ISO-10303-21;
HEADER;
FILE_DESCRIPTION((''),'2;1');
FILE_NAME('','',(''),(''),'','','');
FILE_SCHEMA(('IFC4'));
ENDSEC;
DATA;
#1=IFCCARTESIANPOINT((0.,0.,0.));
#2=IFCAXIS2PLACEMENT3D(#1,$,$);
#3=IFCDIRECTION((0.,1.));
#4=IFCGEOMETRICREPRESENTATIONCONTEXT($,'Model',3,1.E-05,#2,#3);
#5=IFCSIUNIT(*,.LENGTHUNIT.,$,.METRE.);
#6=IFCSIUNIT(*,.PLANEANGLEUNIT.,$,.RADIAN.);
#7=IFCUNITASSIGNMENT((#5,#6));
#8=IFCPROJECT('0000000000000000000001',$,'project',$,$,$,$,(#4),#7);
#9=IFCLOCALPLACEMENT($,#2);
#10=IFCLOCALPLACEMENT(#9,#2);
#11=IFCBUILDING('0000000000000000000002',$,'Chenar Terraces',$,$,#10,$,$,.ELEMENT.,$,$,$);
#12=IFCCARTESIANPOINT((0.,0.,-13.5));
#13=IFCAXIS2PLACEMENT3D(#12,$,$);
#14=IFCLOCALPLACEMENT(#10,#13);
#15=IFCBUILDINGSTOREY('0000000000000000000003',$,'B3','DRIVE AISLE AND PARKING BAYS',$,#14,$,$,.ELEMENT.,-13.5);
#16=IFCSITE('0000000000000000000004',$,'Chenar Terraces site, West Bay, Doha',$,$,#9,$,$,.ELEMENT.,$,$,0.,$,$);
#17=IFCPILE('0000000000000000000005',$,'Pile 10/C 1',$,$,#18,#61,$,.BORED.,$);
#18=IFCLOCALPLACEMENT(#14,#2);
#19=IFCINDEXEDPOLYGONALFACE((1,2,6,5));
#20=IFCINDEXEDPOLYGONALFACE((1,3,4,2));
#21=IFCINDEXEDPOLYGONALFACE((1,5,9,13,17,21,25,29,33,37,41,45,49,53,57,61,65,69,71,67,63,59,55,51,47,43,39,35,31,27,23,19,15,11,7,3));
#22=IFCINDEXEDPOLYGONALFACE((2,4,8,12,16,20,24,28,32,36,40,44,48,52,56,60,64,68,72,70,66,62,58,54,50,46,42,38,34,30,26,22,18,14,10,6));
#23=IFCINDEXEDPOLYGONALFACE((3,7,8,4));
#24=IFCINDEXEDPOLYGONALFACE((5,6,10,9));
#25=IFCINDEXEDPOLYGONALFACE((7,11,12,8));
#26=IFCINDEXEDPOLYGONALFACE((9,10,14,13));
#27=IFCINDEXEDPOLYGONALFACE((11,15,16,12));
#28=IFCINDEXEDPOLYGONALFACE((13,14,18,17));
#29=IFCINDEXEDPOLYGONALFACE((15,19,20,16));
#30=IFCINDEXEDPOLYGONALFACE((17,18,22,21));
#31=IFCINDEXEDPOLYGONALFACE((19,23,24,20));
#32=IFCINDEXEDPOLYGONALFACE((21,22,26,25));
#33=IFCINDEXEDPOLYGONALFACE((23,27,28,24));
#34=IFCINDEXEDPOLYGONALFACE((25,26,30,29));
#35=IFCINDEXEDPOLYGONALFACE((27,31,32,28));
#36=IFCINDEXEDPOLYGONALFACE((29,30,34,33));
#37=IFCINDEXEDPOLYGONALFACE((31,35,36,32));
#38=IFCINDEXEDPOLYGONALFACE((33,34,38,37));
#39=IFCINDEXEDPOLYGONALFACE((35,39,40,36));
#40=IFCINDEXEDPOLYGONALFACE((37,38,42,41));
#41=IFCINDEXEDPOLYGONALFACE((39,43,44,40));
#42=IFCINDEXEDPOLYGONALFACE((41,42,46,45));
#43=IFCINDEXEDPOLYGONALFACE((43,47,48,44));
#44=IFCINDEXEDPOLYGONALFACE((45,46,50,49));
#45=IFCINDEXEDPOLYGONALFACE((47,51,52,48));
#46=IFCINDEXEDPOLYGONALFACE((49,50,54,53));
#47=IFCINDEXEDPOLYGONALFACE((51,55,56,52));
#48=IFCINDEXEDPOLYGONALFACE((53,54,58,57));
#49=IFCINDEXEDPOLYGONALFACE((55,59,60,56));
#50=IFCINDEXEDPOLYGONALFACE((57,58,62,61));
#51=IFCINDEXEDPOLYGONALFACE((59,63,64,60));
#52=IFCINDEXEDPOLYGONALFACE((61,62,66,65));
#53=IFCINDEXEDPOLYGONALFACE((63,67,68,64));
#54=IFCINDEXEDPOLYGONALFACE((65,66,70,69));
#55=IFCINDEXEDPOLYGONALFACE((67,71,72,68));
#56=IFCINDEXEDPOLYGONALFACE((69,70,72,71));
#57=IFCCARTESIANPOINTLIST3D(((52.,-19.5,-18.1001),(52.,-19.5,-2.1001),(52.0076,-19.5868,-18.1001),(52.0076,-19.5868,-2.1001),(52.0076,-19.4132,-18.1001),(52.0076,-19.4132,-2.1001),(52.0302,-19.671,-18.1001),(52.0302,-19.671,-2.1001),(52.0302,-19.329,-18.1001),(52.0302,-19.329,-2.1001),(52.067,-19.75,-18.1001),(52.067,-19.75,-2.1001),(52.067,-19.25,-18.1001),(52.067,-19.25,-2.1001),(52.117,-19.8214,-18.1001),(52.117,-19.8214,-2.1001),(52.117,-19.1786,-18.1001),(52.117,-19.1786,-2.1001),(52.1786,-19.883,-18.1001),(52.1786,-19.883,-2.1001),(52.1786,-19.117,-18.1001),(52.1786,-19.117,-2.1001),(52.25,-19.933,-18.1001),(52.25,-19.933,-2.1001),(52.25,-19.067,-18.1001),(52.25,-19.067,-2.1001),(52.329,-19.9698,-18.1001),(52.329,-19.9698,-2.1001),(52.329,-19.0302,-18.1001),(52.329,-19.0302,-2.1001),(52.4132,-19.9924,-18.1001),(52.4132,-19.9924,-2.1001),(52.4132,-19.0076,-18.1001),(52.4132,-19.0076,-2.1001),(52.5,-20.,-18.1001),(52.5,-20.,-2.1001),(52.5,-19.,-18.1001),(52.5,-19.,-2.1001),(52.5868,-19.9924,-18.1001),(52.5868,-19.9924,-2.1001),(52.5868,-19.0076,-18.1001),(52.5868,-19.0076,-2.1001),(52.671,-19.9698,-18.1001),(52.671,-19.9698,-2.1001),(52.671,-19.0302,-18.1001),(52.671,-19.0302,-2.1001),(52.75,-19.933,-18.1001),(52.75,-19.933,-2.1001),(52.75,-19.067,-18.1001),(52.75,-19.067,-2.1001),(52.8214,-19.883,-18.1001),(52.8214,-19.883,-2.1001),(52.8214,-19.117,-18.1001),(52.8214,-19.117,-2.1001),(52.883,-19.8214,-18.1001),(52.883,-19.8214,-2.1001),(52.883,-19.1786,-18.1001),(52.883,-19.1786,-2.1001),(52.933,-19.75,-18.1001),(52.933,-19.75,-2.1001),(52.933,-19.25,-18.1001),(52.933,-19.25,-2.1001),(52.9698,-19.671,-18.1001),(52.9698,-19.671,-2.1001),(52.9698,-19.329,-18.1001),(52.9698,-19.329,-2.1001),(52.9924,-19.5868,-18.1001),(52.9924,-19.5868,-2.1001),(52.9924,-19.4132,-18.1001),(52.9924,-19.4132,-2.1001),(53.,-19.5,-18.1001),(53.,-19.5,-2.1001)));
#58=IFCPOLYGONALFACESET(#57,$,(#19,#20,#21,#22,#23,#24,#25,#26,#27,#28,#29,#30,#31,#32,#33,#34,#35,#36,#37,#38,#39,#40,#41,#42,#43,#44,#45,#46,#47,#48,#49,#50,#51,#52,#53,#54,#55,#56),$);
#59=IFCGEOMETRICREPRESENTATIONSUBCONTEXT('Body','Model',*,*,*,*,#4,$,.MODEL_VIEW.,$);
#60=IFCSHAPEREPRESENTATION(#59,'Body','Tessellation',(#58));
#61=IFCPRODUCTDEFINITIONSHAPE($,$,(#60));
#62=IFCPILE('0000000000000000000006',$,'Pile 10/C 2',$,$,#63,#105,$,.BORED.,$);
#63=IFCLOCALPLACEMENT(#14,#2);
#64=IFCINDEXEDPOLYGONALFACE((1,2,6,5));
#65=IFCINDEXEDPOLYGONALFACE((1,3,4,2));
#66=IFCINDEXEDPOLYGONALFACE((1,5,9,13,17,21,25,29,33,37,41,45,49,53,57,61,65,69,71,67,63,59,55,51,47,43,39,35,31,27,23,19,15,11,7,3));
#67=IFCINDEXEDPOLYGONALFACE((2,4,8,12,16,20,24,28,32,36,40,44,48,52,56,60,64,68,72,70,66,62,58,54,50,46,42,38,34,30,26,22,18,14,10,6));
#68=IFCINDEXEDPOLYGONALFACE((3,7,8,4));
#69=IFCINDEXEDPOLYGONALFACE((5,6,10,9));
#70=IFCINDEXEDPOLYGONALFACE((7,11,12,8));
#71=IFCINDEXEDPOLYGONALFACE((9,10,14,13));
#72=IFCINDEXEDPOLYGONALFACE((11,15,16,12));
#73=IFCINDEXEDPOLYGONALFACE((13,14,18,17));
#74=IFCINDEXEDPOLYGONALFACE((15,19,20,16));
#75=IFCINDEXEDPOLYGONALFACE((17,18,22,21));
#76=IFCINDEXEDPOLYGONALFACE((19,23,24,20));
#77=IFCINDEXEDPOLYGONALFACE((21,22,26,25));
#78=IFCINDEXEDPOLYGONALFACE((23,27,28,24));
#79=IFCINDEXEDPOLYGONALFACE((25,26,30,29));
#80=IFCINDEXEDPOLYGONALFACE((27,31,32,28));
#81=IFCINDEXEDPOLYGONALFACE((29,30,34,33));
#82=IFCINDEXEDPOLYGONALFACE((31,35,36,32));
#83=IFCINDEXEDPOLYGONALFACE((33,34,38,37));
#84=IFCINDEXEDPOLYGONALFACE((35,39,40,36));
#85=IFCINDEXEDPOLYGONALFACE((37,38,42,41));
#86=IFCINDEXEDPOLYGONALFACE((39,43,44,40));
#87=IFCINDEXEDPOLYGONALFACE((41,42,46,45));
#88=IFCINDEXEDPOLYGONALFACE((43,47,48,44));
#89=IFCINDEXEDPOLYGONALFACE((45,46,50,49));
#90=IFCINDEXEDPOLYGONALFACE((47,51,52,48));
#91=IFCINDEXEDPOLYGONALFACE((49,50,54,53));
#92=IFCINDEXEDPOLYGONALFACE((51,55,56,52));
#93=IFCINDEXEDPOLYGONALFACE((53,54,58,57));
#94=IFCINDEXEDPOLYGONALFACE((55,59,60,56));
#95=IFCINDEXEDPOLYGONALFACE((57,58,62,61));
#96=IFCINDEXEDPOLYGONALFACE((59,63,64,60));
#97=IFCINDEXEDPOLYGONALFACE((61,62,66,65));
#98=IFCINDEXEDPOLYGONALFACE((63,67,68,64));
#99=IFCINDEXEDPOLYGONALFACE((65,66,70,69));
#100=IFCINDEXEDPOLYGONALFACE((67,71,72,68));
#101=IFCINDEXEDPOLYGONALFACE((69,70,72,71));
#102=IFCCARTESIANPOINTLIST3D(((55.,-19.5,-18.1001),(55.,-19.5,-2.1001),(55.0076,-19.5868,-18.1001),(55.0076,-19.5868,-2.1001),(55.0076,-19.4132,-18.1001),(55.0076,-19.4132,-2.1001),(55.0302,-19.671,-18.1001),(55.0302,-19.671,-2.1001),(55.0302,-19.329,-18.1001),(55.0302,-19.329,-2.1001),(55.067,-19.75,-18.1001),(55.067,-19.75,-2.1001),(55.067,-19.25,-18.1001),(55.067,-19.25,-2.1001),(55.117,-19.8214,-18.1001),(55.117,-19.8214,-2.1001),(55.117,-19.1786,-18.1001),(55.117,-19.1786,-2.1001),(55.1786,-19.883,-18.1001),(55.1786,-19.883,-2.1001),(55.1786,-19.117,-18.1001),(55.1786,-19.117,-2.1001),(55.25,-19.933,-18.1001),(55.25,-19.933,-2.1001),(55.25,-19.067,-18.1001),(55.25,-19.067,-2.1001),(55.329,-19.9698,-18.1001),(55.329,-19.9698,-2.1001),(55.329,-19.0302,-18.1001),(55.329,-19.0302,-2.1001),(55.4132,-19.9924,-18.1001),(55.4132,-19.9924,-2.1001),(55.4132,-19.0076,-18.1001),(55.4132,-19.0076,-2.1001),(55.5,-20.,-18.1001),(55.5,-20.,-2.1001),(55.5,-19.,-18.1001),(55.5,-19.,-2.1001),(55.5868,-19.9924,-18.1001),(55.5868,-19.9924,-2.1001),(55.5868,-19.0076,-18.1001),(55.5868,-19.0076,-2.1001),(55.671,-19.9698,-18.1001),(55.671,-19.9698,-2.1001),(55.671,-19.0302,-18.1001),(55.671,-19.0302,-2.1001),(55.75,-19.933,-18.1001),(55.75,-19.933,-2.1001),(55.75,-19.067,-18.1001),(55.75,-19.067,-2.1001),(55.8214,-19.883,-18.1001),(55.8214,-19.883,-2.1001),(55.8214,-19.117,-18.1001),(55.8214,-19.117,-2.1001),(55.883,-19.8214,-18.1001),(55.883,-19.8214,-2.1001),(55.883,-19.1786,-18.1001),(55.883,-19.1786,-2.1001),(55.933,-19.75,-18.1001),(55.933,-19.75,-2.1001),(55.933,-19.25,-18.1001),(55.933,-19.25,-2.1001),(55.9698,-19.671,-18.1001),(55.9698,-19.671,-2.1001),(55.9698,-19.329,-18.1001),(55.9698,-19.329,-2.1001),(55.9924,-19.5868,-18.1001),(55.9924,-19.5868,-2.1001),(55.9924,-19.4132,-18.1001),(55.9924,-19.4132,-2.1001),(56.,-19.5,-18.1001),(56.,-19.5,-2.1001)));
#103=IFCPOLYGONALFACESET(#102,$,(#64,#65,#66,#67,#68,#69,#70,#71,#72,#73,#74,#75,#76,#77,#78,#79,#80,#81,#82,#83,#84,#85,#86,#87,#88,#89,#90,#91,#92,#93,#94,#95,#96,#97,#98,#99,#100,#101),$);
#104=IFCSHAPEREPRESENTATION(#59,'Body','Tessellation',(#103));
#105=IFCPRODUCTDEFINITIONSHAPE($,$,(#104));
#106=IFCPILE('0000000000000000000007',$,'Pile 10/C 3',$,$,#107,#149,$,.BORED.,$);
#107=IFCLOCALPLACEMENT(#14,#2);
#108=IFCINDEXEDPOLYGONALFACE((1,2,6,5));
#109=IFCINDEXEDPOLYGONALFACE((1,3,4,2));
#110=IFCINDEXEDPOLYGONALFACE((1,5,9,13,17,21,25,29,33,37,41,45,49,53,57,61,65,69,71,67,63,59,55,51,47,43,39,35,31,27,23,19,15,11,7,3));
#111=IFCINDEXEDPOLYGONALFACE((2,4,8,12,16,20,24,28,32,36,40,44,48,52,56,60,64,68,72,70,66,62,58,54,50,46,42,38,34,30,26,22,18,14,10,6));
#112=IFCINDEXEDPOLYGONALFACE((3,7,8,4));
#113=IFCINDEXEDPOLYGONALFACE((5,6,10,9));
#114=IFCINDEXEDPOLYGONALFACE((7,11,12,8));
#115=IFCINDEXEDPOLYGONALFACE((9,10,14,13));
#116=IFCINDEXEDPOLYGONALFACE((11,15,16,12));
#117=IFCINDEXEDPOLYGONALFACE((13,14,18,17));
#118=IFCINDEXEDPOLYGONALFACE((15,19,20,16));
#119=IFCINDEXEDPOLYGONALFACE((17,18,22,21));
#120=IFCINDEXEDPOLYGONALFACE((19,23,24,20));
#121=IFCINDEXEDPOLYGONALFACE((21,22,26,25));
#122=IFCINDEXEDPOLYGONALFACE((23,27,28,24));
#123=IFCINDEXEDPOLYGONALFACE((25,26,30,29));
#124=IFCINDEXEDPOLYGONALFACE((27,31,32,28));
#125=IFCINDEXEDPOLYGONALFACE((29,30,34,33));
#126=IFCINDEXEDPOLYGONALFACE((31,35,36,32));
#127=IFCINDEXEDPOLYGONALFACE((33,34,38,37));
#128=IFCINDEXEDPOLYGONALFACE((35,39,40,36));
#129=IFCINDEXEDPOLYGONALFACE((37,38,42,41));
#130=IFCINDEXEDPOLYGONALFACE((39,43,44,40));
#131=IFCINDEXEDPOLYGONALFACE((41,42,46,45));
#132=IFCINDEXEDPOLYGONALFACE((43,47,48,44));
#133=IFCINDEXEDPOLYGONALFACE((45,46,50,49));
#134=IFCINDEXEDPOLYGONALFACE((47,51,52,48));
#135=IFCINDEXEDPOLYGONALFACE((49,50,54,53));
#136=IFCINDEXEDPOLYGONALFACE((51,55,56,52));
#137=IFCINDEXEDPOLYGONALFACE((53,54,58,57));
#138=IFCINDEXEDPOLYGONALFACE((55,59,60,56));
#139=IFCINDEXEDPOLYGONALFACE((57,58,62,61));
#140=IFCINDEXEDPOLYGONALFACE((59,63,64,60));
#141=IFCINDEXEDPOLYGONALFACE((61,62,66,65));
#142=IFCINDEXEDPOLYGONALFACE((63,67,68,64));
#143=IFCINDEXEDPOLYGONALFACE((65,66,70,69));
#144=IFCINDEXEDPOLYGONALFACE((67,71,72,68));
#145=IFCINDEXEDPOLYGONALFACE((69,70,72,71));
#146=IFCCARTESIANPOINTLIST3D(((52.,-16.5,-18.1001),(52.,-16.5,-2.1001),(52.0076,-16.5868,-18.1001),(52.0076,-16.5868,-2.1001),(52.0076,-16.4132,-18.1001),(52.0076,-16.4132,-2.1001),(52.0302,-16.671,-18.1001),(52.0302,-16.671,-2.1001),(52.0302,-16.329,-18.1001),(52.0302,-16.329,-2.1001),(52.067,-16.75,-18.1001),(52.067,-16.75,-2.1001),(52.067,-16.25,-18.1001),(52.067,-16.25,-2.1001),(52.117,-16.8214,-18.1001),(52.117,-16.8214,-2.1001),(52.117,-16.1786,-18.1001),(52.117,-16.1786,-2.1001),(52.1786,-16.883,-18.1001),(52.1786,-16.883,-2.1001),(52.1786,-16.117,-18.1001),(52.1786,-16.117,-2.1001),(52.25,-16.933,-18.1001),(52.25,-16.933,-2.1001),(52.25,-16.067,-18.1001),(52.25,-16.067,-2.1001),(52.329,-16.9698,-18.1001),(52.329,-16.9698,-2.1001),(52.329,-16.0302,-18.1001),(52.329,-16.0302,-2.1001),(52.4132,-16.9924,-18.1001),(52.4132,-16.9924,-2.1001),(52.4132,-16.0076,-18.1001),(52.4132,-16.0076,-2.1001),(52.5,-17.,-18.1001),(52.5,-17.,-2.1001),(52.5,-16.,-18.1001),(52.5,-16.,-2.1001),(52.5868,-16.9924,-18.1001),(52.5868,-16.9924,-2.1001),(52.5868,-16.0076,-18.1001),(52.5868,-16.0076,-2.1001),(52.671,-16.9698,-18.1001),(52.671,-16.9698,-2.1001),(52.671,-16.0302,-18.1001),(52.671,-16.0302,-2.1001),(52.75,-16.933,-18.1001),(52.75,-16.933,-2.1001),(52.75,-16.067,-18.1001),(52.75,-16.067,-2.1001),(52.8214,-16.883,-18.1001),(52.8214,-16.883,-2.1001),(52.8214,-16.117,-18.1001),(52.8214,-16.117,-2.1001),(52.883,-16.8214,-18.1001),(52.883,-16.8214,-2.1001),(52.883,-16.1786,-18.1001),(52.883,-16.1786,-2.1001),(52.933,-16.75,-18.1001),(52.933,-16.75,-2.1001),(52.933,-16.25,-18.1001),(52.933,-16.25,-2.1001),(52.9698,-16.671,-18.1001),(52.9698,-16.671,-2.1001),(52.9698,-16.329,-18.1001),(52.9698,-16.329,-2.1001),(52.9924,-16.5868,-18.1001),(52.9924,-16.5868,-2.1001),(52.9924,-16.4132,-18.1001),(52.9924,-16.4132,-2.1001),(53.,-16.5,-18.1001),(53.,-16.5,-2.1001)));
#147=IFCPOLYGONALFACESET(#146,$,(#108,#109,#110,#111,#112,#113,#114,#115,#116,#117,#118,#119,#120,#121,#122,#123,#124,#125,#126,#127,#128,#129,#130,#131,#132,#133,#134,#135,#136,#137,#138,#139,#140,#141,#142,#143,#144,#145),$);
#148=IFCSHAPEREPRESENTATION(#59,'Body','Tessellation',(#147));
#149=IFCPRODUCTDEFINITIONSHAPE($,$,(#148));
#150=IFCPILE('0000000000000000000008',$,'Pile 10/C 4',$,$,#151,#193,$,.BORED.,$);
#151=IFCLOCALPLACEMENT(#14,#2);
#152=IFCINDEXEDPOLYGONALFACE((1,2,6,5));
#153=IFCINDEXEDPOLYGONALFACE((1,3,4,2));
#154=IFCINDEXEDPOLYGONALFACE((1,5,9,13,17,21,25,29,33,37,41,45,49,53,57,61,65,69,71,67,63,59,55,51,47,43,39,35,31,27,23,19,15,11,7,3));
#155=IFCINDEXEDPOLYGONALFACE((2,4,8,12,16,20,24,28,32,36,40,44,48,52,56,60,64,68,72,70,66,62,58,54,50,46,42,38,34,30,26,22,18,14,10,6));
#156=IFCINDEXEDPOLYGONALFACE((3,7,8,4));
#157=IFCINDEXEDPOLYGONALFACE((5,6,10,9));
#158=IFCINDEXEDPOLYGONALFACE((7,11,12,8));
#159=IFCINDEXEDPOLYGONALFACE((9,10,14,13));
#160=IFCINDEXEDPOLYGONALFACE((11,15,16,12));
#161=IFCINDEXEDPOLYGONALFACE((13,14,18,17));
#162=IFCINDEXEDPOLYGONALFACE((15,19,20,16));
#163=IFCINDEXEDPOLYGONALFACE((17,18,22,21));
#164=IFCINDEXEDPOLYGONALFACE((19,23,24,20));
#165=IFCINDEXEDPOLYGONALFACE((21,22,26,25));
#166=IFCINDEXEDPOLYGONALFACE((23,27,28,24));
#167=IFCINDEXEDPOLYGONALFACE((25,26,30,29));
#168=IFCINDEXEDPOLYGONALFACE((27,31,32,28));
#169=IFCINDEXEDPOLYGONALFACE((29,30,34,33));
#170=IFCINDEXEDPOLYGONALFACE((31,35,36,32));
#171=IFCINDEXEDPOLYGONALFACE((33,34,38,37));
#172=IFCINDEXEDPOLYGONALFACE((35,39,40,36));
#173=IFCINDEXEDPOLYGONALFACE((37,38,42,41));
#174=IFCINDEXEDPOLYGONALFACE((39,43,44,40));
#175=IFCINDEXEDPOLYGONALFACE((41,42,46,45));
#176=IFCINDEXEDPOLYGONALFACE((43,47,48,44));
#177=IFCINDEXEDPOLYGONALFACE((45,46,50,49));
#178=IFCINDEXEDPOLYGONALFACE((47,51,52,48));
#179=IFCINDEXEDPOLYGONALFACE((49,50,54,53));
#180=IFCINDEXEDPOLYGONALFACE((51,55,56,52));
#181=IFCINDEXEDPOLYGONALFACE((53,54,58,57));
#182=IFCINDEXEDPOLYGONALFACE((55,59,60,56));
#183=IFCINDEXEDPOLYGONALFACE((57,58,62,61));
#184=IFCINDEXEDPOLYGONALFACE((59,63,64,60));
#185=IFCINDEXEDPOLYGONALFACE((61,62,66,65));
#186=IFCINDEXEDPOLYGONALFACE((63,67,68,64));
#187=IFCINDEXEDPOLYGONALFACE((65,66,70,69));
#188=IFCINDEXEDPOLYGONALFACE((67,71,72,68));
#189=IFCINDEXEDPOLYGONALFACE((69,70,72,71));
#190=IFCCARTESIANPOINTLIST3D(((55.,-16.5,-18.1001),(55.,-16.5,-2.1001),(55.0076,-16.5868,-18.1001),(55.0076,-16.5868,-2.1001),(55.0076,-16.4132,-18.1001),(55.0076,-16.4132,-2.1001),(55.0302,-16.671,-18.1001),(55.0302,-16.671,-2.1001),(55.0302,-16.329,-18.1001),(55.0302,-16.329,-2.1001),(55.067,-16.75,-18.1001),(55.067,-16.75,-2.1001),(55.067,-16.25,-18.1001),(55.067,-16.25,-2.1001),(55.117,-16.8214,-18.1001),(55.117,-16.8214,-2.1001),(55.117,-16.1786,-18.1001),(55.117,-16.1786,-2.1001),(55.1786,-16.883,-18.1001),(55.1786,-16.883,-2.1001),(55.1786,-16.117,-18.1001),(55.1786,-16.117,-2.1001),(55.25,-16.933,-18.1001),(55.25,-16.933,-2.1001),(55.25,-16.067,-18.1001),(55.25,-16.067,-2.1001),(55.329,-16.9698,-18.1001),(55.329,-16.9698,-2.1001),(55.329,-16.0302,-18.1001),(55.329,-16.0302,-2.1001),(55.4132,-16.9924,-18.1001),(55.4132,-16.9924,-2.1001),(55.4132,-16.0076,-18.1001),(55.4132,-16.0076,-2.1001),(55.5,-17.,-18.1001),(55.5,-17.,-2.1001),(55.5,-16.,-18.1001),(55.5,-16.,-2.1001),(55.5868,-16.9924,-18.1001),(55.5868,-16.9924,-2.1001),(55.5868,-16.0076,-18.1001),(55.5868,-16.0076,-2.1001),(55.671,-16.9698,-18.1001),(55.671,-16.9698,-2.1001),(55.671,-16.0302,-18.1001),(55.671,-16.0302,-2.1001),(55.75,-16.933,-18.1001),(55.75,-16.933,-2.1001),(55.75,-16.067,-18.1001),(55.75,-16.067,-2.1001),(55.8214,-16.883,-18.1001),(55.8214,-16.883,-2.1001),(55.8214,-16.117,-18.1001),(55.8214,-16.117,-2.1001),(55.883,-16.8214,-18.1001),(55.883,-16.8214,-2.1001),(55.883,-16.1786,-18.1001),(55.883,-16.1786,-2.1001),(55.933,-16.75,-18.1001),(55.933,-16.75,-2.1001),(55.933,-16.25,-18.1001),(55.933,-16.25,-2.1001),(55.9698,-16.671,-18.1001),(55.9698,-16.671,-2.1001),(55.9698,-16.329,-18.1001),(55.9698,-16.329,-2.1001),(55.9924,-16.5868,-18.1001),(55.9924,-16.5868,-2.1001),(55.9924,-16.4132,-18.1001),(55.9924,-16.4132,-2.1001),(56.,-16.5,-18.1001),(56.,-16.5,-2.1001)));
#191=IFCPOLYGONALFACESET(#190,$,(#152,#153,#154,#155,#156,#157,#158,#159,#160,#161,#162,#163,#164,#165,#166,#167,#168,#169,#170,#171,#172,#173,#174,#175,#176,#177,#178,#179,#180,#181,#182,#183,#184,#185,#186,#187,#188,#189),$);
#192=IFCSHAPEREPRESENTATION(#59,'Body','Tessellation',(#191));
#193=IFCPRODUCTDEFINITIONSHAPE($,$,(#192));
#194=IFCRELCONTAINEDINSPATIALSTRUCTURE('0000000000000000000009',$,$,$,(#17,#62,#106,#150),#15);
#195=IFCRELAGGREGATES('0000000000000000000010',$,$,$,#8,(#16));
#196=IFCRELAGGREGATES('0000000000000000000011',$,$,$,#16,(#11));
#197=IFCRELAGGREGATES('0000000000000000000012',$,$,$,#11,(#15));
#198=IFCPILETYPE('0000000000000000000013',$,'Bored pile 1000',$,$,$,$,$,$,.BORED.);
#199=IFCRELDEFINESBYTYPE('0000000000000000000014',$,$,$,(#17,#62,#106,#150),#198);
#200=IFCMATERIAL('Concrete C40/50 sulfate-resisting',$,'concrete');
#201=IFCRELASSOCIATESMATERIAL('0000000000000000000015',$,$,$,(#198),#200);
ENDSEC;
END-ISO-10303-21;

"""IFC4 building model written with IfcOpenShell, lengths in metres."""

from ifc_helpers import new_model, si_unit, direction, frame, origin, origin_2d, place, context, subcontext, project, spatial, circle, extrude, material, material_profile, profile_set, type_object, element, save


model = new_model("IFC4")

# Units and contexts
model_context = context("Model", 3, precision=1e-05, world=origin(), true_north=direction((0.0, 1.0)))
body_context = subcontext(model_context, "Body", "Model", "MODEL_VIEW")
ifc_project = project(units=[si_unit("LENGTHUNIT", "METRE"), si_unit("PLANEANGLEUNIT", "RADIAN")], contexts=[model_context])

# Site, building, storey
site_placement = place(None, origin())
site = spatial("IfcSite", under=ifc_project, at=site_placement, Name="Chenar Terraces site, West Bay, Doha", CompositionType="ELEMENT", RefElevation=0.0)
building_placement = place(site_placement, origin())
building = spatial("IfcBuilding", under=site, at=building_placement, Name="Chenar Terraces", CompositionType="ELEMENT")
storey_placement = place(building_placement, frame((0.0, 0.0, -13.5)))
storey = spatial("IfcBuildingStorey", under=building, at=storey_placement, Name="B3", Description="DRIVE AISLE AND PARKING BAYS", CompositionType="ELEMENT", Elevation=-13.5)

# Piles
ifc_material_1 = material(Name="Concrete C40/50 sulfate-resisting", Category="concrete")
ifc_material_profile_1 = material_profile(ifc_material_1, circle(Radius=0.5, at=origin_2d()), Name="BP 1000")
ifc_profile_set_1 = profile_set([ifc_material_profile_1], Name="Concrete C40/50 sulfate-resisting")
pile_type_1 = type_object("IfcPileType", Name="Bored pile 1000", PredefinedType="BORED", material=ifc_profile_set_1)
for number, where, z_axis, x_axis, name in (
    (1, (52.5, -19.5, -2.1001), (0.0, 0.0, -1.0), (1.0, 0.0, 0.0), "Pile 10/C 1"),
    (2, (55.5, -19.5, -2.1001), (0.0, 0.0, -1.0), (1.0, 0.0, 0.0), "Pile 10/C 2"),
    (3, (52.5, -16.5, -2.1001), (0.0, 0.0, -1.0), (1.0, 0.0, 0.0), "Pile 10/C 3"),
    (4, (55.5, -16.5, -2.1001), (0.0, 0.0, -1.0), (1.0, 0.0, 0.0), "Pile 10/C 4"),
):
    element("IfcPile", number, at=place(storey_placement, frame(where, z_axis=z_axis, x_axis=x_axis)), inside=storey, type_object=pile_type_1, Name=name, PredefinedType="BORED", context=body_context, shape_type="SweptSolid", body=[
        extrude(circle(Radius=0.5, at=origin_2d()), origin(), (0.0, 0.0, 1.0), 16.0),
    ])

save(model, "model.ifc")
